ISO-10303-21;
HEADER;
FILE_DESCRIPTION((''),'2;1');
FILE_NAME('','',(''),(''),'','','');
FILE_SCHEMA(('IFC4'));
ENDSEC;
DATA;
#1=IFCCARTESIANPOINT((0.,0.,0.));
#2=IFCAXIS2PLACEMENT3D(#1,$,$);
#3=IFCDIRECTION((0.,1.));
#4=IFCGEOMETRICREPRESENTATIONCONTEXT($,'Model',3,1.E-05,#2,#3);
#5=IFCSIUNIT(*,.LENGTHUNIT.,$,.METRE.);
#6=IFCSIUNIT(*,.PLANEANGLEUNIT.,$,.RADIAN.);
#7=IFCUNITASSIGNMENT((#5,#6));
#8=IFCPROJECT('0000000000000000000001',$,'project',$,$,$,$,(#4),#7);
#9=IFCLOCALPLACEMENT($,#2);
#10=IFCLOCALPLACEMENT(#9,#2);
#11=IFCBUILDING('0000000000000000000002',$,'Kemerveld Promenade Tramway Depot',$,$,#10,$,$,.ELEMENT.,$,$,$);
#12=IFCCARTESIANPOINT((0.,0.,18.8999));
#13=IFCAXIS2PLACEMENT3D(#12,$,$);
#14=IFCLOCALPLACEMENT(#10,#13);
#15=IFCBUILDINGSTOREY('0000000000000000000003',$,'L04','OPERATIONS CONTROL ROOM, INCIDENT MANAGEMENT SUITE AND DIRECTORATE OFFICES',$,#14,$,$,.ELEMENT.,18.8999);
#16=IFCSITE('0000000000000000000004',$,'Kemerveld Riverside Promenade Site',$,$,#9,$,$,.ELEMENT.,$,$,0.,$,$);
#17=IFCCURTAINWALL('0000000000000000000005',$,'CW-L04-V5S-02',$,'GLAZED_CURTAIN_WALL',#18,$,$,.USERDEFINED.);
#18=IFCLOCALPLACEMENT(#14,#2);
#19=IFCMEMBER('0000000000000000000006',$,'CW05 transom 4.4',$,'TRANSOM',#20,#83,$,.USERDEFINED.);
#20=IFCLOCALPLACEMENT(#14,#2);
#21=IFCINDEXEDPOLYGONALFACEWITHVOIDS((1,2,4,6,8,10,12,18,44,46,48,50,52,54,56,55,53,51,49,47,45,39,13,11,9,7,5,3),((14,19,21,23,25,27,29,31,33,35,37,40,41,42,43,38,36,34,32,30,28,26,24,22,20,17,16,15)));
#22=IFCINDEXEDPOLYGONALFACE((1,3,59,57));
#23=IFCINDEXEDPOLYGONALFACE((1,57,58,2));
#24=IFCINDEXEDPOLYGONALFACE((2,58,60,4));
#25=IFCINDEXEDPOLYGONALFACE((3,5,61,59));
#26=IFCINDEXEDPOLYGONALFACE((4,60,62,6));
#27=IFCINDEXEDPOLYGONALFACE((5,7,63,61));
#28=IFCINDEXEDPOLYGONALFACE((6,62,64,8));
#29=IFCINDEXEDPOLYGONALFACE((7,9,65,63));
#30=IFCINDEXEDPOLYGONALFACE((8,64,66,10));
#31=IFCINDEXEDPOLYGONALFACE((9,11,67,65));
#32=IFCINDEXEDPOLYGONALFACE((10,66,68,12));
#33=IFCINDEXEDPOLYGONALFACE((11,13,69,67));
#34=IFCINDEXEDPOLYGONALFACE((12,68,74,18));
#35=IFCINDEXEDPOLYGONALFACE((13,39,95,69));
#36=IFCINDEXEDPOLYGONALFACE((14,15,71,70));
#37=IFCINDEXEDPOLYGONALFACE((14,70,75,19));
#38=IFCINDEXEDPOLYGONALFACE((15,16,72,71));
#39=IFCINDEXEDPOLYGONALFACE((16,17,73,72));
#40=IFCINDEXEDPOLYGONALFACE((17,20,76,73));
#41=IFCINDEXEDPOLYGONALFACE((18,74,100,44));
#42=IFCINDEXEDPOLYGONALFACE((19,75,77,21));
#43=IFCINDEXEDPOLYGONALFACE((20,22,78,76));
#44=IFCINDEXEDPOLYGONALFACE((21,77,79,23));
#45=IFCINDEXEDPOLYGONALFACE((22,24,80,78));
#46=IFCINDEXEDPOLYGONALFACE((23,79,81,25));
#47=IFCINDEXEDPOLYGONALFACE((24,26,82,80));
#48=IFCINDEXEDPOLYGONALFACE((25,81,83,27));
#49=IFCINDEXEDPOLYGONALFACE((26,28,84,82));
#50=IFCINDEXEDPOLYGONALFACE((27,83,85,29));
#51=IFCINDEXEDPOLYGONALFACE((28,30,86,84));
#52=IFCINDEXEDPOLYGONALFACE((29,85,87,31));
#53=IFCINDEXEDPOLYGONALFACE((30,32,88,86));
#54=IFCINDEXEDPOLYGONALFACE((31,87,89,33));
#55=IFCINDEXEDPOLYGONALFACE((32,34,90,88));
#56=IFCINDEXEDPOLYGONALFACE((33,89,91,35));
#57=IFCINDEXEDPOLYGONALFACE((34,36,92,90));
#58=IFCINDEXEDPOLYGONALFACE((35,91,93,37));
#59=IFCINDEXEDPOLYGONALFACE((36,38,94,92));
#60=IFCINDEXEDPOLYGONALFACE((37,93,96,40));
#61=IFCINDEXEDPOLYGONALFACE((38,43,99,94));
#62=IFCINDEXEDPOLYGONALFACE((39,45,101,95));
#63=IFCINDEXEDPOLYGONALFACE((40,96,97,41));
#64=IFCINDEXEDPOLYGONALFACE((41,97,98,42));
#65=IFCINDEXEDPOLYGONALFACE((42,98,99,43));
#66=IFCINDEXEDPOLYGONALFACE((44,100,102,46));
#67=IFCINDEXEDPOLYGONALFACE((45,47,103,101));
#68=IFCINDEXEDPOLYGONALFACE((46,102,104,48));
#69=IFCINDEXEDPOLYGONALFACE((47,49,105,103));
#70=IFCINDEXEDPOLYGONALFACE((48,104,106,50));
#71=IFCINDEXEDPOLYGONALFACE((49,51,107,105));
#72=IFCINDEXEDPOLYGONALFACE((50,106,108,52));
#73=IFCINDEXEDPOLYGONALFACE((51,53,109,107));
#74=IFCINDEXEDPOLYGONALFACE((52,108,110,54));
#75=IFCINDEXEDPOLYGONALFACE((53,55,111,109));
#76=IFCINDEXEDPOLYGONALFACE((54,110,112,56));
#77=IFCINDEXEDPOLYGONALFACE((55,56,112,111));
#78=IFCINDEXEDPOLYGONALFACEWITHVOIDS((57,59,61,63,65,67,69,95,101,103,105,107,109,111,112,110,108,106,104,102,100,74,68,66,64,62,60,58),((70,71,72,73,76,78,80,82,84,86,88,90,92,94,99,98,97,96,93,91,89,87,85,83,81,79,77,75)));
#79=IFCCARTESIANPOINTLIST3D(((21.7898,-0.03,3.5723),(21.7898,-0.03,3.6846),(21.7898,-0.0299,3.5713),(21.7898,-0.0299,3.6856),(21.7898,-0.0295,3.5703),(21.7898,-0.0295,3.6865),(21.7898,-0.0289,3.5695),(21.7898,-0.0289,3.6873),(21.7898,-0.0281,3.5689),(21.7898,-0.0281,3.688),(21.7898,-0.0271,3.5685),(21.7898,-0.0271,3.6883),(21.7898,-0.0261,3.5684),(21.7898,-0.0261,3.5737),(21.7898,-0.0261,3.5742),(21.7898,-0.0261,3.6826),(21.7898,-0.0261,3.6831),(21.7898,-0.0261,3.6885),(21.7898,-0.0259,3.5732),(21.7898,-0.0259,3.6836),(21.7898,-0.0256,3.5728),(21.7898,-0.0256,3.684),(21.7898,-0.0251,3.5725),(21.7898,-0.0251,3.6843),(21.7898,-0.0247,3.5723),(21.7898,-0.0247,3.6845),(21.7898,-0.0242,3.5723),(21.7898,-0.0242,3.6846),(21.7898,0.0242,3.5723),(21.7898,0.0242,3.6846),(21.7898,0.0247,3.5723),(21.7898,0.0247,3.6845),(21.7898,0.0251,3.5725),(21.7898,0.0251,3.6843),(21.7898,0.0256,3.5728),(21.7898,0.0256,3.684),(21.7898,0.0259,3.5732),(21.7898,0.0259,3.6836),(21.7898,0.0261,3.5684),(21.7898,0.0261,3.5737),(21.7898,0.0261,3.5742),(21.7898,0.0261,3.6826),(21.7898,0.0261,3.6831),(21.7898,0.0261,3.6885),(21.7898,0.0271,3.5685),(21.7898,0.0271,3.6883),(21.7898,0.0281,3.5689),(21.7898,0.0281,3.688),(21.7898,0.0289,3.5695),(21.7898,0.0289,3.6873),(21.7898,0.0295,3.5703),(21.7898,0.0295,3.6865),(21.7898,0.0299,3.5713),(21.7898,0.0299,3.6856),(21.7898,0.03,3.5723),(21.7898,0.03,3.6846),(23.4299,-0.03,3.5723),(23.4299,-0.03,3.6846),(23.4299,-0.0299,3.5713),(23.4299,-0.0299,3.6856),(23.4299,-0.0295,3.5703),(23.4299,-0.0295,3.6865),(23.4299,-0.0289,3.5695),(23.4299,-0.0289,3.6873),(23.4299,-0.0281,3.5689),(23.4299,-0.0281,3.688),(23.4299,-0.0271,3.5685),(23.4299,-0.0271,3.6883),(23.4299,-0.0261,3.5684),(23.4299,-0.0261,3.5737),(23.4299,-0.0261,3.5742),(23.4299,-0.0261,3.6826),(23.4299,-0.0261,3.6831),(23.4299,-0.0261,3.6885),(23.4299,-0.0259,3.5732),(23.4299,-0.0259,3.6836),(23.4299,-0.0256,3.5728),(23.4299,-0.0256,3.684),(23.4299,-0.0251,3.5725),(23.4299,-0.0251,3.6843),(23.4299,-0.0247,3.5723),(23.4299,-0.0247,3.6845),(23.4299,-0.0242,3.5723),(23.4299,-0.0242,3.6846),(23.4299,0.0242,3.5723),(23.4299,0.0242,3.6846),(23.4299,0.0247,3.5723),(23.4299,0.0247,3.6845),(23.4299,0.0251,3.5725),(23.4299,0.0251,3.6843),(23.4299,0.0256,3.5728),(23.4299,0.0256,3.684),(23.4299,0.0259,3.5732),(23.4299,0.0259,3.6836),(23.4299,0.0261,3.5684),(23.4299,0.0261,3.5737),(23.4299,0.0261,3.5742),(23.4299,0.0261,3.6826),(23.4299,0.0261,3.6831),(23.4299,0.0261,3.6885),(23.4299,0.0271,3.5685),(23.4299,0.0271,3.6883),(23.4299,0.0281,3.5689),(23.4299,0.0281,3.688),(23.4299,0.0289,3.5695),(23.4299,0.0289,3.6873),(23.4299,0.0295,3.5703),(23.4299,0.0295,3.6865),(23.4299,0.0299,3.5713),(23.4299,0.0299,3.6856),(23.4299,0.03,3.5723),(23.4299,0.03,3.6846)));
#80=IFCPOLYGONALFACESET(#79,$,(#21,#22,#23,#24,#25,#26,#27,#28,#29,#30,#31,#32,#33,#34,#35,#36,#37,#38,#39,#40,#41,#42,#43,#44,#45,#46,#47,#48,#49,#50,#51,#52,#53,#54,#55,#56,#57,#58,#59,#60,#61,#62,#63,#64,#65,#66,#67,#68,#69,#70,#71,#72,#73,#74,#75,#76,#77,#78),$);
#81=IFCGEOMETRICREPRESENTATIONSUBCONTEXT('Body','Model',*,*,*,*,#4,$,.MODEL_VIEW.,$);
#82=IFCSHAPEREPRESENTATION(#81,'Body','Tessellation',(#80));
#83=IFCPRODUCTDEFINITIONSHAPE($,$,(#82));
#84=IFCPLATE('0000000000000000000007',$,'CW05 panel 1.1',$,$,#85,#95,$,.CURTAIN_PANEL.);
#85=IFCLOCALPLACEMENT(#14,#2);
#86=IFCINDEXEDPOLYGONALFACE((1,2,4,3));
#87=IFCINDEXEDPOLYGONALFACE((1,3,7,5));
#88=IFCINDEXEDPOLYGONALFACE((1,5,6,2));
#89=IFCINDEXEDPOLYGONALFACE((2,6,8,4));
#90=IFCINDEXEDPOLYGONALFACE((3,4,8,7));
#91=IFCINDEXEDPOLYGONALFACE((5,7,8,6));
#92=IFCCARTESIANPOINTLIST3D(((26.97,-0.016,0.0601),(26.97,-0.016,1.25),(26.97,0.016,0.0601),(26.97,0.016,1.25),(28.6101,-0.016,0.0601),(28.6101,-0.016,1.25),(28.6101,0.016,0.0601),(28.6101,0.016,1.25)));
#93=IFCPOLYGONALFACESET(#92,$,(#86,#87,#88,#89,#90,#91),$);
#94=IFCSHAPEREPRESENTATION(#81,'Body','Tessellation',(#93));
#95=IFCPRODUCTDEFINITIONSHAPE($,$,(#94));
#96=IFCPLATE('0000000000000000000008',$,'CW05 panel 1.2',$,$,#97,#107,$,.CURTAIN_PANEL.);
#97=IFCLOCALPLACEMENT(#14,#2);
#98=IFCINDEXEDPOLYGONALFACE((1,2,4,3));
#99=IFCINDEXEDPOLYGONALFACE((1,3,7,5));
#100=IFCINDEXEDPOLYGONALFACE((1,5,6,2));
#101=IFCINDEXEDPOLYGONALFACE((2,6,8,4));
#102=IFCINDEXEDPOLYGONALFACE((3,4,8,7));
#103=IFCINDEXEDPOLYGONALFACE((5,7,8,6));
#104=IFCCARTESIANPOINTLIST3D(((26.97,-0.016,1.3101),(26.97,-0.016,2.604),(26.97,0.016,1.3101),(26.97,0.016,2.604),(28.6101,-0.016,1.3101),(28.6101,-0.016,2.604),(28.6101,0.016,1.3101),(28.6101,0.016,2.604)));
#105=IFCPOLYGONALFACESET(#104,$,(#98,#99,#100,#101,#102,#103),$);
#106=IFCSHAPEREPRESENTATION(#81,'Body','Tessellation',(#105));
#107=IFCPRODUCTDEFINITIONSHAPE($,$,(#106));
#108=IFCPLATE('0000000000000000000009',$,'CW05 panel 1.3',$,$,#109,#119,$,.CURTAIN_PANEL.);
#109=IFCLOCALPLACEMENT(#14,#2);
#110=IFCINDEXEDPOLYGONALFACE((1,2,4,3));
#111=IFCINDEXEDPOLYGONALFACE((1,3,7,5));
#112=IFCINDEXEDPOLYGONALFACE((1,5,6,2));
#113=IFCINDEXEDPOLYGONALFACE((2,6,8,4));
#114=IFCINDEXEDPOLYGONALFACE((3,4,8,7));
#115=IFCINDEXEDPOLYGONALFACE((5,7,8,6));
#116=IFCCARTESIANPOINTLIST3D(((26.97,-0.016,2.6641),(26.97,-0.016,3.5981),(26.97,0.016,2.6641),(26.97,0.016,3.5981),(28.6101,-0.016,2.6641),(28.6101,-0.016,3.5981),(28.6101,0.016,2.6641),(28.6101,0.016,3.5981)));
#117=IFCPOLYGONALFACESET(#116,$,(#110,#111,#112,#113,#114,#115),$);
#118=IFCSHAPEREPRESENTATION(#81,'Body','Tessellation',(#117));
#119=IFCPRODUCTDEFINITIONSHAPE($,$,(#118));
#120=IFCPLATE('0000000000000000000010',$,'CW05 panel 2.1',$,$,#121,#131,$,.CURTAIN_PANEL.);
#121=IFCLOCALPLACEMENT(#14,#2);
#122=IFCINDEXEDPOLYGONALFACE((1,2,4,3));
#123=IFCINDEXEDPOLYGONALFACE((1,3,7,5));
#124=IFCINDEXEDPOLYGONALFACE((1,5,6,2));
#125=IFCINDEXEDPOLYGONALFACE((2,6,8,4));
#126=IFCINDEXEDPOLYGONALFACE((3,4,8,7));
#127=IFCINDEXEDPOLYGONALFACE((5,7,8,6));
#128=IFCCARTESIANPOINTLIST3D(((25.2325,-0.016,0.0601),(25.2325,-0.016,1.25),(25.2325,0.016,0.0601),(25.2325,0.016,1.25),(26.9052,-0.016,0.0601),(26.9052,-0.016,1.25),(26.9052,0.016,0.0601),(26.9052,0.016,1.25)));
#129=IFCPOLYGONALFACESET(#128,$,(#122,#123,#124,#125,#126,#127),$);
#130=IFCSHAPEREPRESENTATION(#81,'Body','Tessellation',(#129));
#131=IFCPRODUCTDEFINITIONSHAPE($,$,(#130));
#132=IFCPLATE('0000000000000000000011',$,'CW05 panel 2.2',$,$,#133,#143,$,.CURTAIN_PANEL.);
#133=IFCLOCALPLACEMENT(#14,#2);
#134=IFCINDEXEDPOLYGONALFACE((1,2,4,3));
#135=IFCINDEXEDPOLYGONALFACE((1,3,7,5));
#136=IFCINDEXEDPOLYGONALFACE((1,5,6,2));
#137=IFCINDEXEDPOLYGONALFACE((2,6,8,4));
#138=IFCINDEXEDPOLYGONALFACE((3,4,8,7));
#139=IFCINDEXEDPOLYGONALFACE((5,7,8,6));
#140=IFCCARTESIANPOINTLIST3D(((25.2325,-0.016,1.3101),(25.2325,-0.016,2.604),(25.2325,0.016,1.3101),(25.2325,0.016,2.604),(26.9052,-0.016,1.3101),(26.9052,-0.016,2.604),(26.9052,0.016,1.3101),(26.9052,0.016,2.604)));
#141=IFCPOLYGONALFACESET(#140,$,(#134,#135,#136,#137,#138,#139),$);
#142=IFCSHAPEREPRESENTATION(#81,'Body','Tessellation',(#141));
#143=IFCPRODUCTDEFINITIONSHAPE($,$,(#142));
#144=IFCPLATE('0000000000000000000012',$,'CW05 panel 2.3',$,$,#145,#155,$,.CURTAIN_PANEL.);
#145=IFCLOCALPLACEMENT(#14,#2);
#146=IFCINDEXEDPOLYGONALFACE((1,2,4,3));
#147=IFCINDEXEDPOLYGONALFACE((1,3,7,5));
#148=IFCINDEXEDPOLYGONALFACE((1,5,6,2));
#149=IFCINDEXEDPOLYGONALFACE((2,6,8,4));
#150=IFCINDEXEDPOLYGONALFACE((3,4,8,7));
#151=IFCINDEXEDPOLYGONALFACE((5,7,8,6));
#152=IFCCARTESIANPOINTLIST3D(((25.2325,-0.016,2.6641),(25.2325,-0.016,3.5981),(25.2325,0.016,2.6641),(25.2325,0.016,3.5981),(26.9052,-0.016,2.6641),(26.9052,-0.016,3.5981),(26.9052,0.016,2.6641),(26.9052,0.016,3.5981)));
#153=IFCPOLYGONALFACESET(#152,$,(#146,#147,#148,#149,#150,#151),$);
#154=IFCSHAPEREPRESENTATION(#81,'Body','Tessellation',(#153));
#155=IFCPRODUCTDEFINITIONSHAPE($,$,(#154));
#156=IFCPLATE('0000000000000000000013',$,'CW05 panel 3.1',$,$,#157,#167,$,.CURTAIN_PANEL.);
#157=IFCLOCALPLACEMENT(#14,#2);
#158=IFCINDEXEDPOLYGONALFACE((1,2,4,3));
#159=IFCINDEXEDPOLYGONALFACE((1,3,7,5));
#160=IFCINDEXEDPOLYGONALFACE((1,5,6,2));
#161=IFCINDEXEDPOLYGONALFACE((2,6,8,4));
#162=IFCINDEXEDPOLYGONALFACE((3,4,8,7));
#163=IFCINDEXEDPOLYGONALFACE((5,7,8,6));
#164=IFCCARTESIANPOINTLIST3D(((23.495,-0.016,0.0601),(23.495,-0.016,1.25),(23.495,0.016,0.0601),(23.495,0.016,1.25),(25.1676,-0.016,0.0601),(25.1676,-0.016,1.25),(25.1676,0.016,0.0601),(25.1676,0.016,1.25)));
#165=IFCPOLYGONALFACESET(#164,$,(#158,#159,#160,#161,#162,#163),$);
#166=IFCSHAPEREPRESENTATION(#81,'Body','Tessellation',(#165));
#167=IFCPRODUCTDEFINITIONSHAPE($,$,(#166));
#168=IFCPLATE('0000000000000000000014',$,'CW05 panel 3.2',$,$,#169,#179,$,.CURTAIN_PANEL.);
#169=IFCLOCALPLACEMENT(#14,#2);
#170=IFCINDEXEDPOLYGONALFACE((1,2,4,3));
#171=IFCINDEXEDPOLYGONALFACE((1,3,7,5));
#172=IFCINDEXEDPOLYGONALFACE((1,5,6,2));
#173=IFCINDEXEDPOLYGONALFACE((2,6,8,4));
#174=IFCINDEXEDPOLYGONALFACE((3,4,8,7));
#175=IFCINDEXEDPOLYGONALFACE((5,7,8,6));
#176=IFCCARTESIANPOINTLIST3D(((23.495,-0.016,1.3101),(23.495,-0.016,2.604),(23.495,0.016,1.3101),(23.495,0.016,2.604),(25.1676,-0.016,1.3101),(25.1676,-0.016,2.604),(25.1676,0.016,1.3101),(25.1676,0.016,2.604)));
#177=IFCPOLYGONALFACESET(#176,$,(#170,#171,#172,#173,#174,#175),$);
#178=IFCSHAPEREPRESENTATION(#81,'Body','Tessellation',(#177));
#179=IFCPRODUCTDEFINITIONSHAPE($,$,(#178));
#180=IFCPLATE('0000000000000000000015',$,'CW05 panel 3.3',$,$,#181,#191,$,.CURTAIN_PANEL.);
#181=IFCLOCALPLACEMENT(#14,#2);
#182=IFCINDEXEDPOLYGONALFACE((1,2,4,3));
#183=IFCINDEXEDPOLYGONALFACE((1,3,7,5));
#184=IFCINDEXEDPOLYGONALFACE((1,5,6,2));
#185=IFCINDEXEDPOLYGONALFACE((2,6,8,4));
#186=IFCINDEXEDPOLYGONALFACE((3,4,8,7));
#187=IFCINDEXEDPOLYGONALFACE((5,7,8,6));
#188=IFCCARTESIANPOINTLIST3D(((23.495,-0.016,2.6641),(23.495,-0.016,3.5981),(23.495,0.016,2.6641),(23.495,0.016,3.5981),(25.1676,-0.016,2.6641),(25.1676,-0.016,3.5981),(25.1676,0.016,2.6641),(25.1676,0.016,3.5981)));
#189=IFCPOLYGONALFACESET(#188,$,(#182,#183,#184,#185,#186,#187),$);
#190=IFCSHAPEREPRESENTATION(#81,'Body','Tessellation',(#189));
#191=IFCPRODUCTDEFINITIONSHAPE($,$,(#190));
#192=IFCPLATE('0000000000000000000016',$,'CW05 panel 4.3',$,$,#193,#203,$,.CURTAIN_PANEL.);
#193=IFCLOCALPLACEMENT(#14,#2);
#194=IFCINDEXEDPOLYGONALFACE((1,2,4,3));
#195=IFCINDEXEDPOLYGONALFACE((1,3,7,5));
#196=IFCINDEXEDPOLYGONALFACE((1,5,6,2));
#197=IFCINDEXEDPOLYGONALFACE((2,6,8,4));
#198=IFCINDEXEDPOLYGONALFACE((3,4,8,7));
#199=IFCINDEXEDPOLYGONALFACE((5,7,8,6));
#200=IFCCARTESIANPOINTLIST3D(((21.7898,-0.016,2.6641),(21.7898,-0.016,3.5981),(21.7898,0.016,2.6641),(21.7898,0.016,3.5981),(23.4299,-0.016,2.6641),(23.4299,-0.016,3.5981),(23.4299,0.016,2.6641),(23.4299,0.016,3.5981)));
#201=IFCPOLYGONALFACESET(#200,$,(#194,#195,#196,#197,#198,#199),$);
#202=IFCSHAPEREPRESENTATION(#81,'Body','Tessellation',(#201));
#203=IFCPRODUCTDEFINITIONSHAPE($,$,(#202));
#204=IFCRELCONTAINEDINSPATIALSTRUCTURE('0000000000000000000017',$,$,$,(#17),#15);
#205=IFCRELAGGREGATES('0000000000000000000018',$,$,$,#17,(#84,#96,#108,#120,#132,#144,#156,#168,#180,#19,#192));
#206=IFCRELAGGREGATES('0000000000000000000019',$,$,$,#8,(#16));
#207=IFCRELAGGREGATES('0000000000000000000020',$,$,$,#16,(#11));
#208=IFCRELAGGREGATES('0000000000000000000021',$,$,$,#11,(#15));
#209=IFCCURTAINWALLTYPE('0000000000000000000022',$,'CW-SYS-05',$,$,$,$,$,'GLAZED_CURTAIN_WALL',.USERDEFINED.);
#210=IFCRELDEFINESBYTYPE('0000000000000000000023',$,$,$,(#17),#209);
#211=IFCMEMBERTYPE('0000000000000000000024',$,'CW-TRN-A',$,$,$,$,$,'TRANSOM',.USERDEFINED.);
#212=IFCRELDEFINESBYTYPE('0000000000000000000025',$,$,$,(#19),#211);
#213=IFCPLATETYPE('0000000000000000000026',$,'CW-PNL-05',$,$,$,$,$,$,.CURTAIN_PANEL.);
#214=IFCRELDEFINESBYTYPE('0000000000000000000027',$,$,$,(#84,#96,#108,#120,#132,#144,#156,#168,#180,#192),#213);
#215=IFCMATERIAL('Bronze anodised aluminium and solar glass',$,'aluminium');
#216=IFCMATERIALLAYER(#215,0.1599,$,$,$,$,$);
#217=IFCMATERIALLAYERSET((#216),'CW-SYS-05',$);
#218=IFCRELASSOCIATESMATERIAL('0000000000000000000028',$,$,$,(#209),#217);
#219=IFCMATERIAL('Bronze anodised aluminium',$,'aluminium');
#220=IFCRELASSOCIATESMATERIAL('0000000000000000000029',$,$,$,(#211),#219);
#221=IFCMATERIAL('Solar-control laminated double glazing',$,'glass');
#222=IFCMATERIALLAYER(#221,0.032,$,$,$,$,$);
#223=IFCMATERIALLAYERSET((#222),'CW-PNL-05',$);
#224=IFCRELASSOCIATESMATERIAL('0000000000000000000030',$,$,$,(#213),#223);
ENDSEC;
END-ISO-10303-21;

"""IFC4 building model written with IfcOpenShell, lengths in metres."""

from ifc_helpers import new_model, si_unit, direction, frame, origin, origin_2d, place, context, subcontext, project, spatial, rectangle, hollow_rectangle, extrude, material, layer, layer_set, material_profile, profile_set, type_object, element, aggregate, save


model = new_model("IFC4")

# Units and contexts
model_context = context("Model", 3, precision=1e-05, world=origin(), true_north=direction((0.0, 1.0)))
body_context = subcontext(model_context, "Body", "Model", "MODEL_VIEW")
ifc_project = project(units=[si_unit("LENGTHUNIT", "METRE"), si_unit("PLANEANGLEUNIT", "RADIAN")], contexts=[model_context])

# Site, building, storey
site_placement = place(None, origin())
site = spatial("IfcSite", under=ifc_project, at=site_placement, Name="Kemerveld Riverside Promenade Site", CompositionType="ELEMENT", RefElevation=0.0)
building_placement = place(site_placement, origin())
building = spatial("IfcBuilding", under=site, at=building_placement, Name="Kemerveld Promenade Tramway Depot", CompositionType="ELEMENT")
storey_placement = place(building_placement, frame((0.0, 0.0, 18.8999)))
storey = spatial("IfcBuildingStorey", under=building, at=storey_placement, Name="L04", Description="OPERATIONS CONTROL ROOM, INCIDENT MANAGEMENT SUITE AND DIRECTORATE OFFICES", CompositionType="ELEMENT", Elevation=18.8999)

# Curtain wall, member, plates
ifc_material_1 = material(Name="Bronze anodised aluminium and solar glass", Category="aluminium")
ifc_layer_1 = layer(ifc_material_1, 0.1599)
ifc_layer_set_1 = layer_set([ifc_layer_1], Name="CW-SYS-05")
curtain_wall_type = type_object("IfcCurtainWallType", Name="CW-SYS-05", ElementType="GLAZED_CURTAIN_WALL", PredefinedType="USERDEFINED", material=ifc_layer_set_1)
curtain_wall_placement = place(storey_placement, origin())
curtain_wall = element("IfcCurtainWall", 1, at=curtain_wall_placement, inside=storey, type_object=curtain_wall_type, Name="CW-L04-V5S-02", ObjectType="GLAZED_CURTAIN_WALL", PredefinedType="USERDEFINED")
ifc_material_2 = material(Name="Bronze anodised aluminium", Category="aluminium")
ifc_material_profile_1 = material_profile(ifc_material_2, hollow_rectangle(XDim=0.0601, YDim=0.1201, WallThickness=0.0039, InnerFilletRadius=0.002, OuterFilletRadius=0.0039, at=origin_2d()), Name="CW-TRN-120x60")
ifc_profile_set_1 = profile_set([ifc_material_profile_1], Name="Bronze anodised aluminium")
member_type_1 = type_object("IfcMemberType", Name="CW-TRN-A", ElementType="TRANSOM", PredefinedType="USERDEFINED", material=ifc_profile_set_1)
member_1_placement = place(storey_placement, frame((23.4299, 0.0, 3.6284), z_axis=(-1.0, 0.0, 0.0), x_axis=(0.0, -1.0, 0.0)))
member_1 = element("IfcMember", 2, at=member_1_placement, type_object=member_type_1, Name="CW05 transom 4.4", ObjectType="TRANSOM", PredefinedType="USERDEFINED", context=body_context, shape_type="SweptSolid", body=[
    extrude(hollow_rectangle(XDim=0.0601, YDim=0.1201, WallThickness=0.0039, InnerFilletRadius=0.002, OuterFilletRadius=0.0039, at=origin_2d()), origin(), (0.0, 0.0, 1.0), 1.6401),
])
ifc_material_3 = material(Name="Solar-control laminated double glazing", Category="glass")
ifc_layer_2 = layer(ifc_material_3, 0.032)
ifc_layer_set_2 = layer_set([ifc_layer_2], Name="CW-PNL-05")
plate_type = type_object("IfcPlateType", Name="CW-PNL-05", PredefinedType="CURTAIN_PANEL", material=ifc_layer_set_2)
plate_1_placement = place(storey_placement, frame((27.79, 0.0, 0.0601), z_axis=(0.0, 0.0, 1.0), x_axis=(-1.0, 0.0, 0.0)))
plate_1 = element("IfcPlate", 3, at=plate_1_placement, type_object=plate_type, Name="CW05 panel 1.1", PredefinedType="CURTAIN_PANEL", context=body_context, shape_type="SweptSolid", body=[
    extrude(rectangle(XDim=1.6401, YDim=0.032, at=origin_2d()), origin(), (0.0, 0.0, 1.0), 1.1899),
])
plate_2_placement = place(storey_placement, frame((27.79, 0.0, 1.3101), z_axis=(0.0, 0.0, 1.0), x_axis=(-1.0, 0.0, 0.0)))
plate_2 = element("IfcPlate", 4, at=plate_2_placement, type_object=plate_type, Name="CW05 panel 1.2", PredefinedType="CURTAIN_PANEL", context=body_context, shape_type="SweptSolid", body=[
    extrude(rectangle(XDim=1.6401, YDim=0.032, at=origin_2d()), origin(), (0.0, 0.0, 1.0), 1.2939),
])
plate_3_placement = place(storey_placement, frame((27.79, 0.0, 2.6641), z_axis=(0.0, 0.0, 1.0), x_axis=(-1.0, 0.0, 0.0)))
plate_3 = element("IfcPlate", 5, at=plate_3_placement, type_object=plate_type, Name="CW05 panel 1.3", PredefinedType="CURTAIN_PANEL", context=body_context, shape_type="SweptSolid", body=[
    extrude(rectangle(XDim=1.6401, YDim=0.032, at=origin_2d()), origin(), (0.0, 0.0, 1.0), 0.9341),
])
plate_4_placement = place(storey_placement, frame((26.0688, 0.0, 0.0601), z_axis=(0.0, 0.0, 1.0), x_axis=(-1.0, 0.0, 0.0)))
plate_4 = element("IfcPlate", 6, at=plate_4_placement, type_object=plate_type, Name="CW05 panel 2.1", PredefinedType="CURTAIN_PANEL", context=body_context, shape_type="SweptSolid", body=[
    extrude(rectangle(XDim=1.6726, YDim=0.032, at=origin_2d()), origin(), (0.0, 0.0, 1.0), 1.1899),
])
plate_5_placement = place(storey_placement, frame((26.0688, 0.0, 1.3101), z_axis=(0.0, 0.0, 1.0), x_axis=(-1.0, 0.0, 0.0)))
plate_5 = element("IfcPlate", 7, at=plate_5_placement, type_object=plate_type, Name="CW05 panel 2.2", PredefinedType="CURTAIN_PANEL", context=body_context, shape_type="SweptSolid", body=[
    extrude(rectangle(XDim=1.6726, YDim=0.032, at=origin_2d()), origin(), (0.0, 0.0, 1.0), 1.2939),
])
plate_6_placement = place(storey_placement, frame((26.0688, 0.0, 2.6641), z_axis=(0.0, 0.0, 1.0), x_axis=(-1.0, 0.0, 0.0)))
plate_6 = element("IfcPlate", 8, at=plate_6_placement, type_object=plate_type, Name="CW05 panel 2.3", PredefinedType="CURTAIN_PANEL", context=body_context, shape_type="SweptSolid", body=[
    extrude(rectangle(XDim=1.6726, YDim=0.032, at=origin_2d()), origin(), (0.0, 0.0, 1.0), 0.9341),
])
plate_7_placement = place(storey_placement, frame((24.3313, 0.0, 0.0601), z_axis=(0.0, 0.0, 1.0), x_axis=(-1.0, 0.0, 0.0)))
plate_7 = element("IfcPlate", 9, at=plate_7_placement, type_object=plate_type, Name="CW05 panel 3.1", PredefinedType="CURTAIN_PANEL", context=body_context, shape_type="SweptSolid", body=[
    extrude(rectangle(XDim=1.6726, YDim=0.032, at=origin_2d()), origin(), (0.0, 0.0, 1.0), 1.1899),
])
plate_8_placement = place(storey_placement, frame((24.3313, 0.0, 1.3101), z_axis=(0.0, 0.0, 1.0), x_axis=(-1.0, 0.0, 0.0)))
plate_8 = element("IfcPlate", 10, at=plate_8_placement, type_object=plate_type, Name="CW05 panel 3.2", PredefinedType="CURTAIN_PANEL", context=body_context, shape_type="SweptSolid", body=[
    extrude(rectangle(XDim=1.6726, YDim=0.032, at=origin_2d()), origin(), (0.0, 0.0, 1.0), 1.2939),
])
plate_9_placement = place(storey_placement, frame((24.3313, 0.0, 2.6641), z_axis=(0.0, 0.0, 1.0), x_axis=(-1.0, 0.0, 0.0)))
plate_9 = element("IfcPlate", 11, at=plate_9_placement, type_object=plate_type, Name="CW05 panel 3.3", PredefinedType="CURTAIN_PANEL", context=body_context, shape_type="SweptSolid", body=[
    extrude(rectangle(XDim=1.6726, YDim=0.032, at=origin_2d()), origin(), (0.0, 0.0, 1.0), 0.9341),
])
plate_10_placement = place(storey_placement, frame((22.6099, 0.0, 2.6641), z_axis=(0.0, 0.0, 1.0), x_axis=(-1.0, 0.0, 0.0)))
plate_10 = element("IfcPlate", 12, at=plate_10_placement, type_object=plate_type, Name="CW05 panel 4.3", PredefinedType="CURTAIN_PANEL", context=body_context, shape_type="SweptSolid", body=[
    extrude(rectangle(XDim=1.6401, YDim=0.032, at=origin_2d()), origin(), (0.0, 0.0, 1.0), 0.9341),
])
aggregate(curtain_wall, [plate_1, plate_2, plate_3, plate_4, plate_5, plate_6, plate_7, plate_8, plate_9, member_1, plate_10])

save(model, "model.ifc")
